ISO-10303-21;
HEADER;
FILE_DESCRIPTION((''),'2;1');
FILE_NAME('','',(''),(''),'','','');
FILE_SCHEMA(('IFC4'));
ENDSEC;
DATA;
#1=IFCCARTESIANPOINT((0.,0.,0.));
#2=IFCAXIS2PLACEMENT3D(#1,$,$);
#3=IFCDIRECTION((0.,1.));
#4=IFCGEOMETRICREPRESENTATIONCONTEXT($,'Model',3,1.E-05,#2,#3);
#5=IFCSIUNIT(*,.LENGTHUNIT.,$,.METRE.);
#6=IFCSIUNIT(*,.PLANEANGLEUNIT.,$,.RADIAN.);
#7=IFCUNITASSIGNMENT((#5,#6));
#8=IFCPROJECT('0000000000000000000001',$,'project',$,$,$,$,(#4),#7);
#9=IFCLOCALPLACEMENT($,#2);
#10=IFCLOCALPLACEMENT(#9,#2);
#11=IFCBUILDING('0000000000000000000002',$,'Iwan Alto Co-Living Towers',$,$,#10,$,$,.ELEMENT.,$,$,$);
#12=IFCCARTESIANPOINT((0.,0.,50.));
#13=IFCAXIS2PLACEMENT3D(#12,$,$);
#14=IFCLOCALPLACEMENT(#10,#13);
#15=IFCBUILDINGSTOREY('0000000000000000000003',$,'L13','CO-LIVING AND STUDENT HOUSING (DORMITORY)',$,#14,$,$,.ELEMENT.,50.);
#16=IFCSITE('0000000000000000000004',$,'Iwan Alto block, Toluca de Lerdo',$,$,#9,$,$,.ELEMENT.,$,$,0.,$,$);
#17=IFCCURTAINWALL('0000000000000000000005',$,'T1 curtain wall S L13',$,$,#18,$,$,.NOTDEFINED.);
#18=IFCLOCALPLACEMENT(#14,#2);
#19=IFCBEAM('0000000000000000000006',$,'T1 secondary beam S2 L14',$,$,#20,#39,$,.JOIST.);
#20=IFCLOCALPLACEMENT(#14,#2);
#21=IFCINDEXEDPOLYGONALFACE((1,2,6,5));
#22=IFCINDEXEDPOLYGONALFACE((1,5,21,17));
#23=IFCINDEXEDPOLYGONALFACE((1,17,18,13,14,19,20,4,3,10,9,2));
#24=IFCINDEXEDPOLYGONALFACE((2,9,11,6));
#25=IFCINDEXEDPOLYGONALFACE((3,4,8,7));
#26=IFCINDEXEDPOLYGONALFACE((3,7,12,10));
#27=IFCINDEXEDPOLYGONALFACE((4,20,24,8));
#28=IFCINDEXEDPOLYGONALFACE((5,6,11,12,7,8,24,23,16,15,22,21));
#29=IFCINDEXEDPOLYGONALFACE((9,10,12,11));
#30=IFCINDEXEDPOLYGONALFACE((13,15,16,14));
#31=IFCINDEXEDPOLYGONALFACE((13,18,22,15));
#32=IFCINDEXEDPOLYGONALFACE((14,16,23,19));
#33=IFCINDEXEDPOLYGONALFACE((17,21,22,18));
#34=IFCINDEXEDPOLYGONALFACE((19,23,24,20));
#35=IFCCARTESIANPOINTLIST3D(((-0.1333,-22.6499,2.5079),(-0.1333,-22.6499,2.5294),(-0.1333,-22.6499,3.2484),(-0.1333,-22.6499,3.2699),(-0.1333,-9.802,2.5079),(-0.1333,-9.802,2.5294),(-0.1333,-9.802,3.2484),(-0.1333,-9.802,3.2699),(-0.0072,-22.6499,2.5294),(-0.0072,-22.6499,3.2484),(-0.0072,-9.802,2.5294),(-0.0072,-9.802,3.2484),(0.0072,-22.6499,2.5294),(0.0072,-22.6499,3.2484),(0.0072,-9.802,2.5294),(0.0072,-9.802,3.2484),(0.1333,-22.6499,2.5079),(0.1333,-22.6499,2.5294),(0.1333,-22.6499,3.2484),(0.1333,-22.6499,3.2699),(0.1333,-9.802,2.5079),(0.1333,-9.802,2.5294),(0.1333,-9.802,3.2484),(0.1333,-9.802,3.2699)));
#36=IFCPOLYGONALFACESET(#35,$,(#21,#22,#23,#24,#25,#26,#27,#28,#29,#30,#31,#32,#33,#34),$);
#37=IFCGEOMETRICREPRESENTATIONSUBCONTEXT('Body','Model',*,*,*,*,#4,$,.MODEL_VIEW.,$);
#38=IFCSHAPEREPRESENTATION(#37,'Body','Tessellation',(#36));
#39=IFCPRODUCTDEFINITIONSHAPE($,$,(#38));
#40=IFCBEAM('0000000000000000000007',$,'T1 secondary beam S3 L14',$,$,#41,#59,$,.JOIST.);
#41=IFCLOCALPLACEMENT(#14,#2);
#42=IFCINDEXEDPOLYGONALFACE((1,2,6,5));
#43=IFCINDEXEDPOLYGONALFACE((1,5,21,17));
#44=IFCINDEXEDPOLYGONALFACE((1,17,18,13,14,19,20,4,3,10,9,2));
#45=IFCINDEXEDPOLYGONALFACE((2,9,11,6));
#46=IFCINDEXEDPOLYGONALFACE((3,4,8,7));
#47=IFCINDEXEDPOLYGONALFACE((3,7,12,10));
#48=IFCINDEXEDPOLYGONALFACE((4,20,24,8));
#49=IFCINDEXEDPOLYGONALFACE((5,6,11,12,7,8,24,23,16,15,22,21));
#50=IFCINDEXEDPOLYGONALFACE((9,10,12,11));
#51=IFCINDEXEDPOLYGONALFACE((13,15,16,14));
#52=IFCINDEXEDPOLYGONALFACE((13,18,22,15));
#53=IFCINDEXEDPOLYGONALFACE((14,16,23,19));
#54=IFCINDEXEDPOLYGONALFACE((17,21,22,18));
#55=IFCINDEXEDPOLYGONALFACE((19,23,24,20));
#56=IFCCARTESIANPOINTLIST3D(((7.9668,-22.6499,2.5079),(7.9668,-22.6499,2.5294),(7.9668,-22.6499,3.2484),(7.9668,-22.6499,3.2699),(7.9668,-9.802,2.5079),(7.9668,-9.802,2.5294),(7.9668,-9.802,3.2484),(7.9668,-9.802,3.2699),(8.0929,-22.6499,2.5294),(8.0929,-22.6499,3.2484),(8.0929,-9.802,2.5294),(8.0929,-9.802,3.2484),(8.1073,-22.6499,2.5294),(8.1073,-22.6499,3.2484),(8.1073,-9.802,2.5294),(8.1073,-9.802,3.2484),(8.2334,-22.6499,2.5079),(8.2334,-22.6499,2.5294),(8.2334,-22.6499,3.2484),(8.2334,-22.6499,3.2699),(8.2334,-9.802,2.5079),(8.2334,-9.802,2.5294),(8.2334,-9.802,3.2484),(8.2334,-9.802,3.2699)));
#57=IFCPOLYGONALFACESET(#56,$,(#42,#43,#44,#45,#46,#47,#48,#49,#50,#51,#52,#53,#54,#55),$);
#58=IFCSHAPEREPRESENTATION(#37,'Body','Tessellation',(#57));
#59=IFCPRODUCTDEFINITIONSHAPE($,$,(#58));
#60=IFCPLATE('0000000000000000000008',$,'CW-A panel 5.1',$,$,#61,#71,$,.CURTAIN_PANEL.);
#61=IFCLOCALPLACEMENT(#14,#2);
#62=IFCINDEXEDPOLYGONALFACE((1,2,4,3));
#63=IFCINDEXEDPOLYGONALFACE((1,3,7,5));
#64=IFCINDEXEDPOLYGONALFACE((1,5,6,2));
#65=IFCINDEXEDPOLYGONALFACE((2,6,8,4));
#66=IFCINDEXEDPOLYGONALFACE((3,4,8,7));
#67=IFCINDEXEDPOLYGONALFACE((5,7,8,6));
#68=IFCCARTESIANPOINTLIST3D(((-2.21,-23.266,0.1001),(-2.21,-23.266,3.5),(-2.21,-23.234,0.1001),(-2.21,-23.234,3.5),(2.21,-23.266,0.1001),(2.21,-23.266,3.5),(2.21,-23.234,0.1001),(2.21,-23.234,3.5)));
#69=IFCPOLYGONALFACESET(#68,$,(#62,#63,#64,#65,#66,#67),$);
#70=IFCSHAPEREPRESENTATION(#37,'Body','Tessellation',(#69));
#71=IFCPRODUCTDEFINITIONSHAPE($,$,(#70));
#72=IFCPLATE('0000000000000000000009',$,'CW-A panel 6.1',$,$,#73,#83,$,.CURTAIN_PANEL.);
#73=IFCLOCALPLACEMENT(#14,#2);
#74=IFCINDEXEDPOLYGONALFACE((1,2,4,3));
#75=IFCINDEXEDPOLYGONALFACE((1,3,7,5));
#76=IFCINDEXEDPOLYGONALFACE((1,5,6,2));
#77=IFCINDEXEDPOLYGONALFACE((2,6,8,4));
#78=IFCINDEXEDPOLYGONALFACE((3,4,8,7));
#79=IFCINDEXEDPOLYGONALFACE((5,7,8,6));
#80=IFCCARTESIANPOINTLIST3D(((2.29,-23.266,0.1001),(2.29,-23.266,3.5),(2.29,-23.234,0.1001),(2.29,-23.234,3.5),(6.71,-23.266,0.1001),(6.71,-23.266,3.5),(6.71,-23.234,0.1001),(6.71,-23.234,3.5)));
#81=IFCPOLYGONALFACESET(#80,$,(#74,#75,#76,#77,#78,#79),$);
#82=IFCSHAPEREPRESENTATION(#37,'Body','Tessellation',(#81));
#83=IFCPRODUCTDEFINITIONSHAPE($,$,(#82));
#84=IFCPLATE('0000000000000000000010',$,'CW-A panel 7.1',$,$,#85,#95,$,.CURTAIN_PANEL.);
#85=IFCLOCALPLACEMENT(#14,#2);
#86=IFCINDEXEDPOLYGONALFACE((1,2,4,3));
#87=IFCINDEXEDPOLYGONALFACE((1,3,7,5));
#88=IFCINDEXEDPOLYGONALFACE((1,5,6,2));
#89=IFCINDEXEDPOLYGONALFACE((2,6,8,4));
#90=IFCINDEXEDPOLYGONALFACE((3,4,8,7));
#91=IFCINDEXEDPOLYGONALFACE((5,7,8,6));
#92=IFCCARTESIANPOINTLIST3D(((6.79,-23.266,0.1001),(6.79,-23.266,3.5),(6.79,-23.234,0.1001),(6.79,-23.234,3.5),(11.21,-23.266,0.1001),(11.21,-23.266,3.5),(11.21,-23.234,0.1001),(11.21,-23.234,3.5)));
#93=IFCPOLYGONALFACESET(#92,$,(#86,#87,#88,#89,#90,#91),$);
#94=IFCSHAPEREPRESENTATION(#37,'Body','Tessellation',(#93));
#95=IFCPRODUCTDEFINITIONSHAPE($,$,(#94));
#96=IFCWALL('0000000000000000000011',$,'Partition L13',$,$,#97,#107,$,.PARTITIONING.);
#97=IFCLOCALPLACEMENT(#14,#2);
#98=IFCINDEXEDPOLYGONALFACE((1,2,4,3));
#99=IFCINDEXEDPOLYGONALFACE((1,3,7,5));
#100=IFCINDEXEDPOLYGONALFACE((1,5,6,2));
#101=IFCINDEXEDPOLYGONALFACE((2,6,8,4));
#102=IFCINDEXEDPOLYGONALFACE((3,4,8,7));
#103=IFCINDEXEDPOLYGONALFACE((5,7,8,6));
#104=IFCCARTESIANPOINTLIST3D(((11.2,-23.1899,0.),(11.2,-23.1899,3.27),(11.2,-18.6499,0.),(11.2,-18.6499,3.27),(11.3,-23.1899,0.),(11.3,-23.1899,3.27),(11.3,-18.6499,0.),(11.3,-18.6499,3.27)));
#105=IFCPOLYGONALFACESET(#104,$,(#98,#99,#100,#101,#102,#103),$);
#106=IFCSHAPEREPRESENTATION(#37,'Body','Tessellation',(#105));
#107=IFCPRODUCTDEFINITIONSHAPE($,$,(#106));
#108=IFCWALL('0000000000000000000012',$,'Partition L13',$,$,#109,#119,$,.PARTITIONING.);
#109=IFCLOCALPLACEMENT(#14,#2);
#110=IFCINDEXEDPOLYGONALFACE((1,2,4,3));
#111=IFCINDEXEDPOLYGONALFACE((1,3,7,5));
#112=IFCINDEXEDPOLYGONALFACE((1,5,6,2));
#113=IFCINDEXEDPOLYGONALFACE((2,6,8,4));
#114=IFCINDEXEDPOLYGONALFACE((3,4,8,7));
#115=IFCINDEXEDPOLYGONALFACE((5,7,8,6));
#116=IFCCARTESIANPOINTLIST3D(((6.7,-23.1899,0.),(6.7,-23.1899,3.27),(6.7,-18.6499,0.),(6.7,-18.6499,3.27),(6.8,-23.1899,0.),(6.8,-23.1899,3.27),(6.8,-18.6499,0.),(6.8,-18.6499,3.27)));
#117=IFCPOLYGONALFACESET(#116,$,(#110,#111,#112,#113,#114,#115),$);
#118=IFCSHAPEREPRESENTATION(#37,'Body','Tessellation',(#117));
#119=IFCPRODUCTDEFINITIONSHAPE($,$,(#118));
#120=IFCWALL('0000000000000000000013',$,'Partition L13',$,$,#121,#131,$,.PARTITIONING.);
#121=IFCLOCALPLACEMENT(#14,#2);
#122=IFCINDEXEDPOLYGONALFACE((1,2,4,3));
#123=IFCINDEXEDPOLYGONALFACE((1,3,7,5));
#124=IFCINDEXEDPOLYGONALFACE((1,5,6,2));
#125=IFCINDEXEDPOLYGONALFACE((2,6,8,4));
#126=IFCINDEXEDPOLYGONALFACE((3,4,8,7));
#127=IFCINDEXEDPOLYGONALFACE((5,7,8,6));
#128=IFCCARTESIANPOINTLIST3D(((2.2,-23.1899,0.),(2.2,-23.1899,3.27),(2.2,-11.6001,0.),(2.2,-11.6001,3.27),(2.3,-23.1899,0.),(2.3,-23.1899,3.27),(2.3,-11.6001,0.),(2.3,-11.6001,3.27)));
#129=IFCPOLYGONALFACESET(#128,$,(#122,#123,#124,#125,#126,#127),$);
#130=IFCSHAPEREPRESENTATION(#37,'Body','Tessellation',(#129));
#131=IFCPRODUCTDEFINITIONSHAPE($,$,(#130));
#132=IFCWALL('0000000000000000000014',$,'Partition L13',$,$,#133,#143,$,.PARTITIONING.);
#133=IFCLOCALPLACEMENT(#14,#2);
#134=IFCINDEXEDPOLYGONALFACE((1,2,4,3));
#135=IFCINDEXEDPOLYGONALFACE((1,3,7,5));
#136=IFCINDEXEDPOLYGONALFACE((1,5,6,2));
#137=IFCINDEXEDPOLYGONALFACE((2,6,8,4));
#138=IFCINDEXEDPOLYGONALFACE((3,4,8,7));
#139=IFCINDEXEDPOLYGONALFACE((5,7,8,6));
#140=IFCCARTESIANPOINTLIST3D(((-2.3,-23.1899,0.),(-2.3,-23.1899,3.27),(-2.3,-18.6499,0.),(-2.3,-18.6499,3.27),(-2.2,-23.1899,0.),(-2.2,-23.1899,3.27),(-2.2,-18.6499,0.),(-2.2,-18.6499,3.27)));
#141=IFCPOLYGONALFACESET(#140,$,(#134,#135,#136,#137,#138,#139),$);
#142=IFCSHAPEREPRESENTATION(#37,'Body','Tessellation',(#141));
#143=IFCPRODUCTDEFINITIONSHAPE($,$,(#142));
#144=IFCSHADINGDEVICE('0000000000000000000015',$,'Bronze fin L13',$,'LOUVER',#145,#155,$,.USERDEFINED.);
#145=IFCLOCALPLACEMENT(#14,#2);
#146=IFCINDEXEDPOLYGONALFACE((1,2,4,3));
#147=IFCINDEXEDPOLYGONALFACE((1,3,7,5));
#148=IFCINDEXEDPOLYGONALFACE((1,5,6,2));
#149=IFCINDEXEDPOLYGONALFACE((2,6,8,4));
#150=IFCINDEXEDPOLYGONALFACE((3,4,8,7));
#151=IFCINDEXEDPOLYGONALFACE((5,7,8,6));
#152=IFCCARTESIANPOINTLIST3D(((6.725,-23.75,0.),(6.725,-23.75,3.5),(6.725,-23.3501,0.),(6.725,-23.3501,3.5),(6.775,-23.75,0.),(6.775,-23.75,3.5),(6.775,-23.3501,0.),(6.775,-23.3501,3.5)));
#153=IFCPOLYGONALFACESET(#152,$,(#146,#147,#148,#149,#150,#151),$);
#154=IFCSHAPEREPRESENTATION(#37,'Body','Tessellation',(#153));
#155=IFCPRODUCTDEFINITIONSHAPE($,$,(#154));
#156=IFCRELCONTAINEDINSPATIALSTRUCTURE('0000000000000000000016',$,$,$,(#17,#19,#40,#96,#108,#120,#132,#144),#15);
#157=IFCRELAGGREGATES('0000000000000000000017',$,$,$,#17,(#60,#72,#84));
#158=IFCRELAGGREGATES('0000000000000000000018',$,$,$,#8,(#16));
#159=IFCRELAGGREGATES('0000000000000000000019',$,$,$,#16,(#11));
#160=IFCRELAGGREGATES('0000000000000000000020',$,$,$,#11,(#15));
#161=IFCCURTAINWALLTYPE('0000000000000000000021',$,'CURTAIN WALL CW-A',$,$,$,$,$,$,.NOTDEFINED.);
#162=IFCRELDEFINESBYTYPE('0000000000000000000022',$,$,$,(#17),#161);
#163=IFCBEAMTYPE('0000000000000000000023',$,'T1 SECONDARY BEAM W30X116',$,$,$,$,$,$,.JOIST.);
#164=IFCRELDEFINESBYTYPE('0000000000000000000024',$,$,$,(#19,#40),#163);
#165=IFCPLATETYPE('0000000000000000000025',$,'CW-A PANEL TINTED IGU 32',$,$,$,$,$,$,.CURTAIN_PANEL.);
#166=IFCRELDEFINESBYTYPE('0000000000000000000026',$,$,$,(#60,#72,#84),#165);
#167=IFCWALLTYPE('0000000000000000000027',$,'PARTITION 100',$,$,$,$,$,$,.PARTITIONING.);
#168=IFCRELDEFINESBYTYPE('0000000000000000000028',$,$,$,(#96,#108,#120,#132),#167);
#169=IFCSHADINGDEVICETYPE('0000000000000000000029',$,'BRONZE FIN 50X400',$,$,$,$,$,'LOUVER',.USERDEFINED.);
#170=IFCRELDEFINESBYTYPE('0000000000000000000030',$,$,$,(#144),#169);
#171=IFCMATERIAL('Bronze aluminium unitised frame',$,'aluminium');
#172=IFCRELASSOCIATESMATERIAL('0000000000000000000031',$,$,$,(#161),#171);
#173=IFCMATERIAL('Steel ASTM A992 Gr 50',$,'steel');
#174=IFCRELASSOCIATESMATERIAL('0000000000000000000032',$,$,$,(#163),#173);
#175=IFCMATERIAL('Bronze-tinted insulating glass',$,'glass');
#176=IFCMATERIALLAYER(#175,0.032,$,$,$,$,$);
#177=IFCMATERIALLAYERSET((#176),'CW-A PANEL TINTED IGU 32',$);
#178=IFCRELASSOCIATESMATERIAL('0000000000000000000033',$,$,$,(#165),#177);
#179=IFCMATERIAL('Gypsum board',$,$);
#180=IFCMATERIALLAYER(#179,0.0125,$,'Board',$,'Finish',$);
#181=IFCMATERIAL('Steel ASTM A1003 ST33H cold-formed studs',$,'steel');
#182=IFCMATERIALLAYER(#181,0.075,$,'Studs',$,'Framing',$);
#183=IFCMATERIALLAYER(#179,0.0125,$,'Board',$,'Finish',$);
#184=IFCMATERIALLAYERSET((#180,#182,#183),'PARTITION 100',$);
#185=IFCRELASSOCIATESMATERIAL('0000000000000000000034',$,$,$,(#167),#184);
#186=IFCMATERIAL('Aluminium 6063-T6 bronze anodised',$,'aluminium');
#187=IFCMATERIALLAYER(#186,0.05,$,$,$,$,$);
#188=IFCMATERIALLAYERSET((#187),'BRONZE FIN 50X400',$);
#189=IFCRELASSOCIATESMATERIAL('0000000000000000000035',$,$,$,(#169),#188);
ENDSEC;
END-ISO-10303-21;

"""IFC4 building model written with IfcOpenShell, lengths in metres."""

from ifc_helpers import new_model, si_unit, direction, frame, frame_2d, origin, origin_2d, place, context, subcontext, project, spatial, rectangle, i_section, extrude, material, layer, layer_set, material_profile, profile_set, type_object, element, aggregate, save


model = new_model("IFC4")

# Units and contexts
model_context = context("Model", 3, precision=1e-05, world=origin(), true_north=direction((0.0, 1.0)))
body_context = subcontext(model_context, "Body", "Model", "MODEL_VIEW")
ifc_project = project(units=[si_unit("LENGTHUNIT", "METRE"), si_unit("PLANEANGLEUNIT", "RADIAN")], contexts=[model_context])

# Site, building, storey
site_placement = place(None, origin())
site = spatial("IfcSite", under=ifc_project, at=site_placement, Name="Iwan Alto block, Toluca de Lerdo", CompositionType="ELEMENT", RefElevation=0.0)
building_placement = place(site_placement, origin())
building = spatial("IfcBuilding", under=site, at=building_placement, Name="Iwan Alto Co-Living Towers", CompositionType="ELEMENT")
storey_placement = place(building_placement, frame((0.0, 0.0, 50.0)))
storey = spatial("IfcBuildingStorey", under=building, at=storey_placement, Name="L13", Description="CO-LIVING AND STUDENT HOUSING (DORMITORY)", CompositionType="ELEMENT", Elevation=50.0)

# Curtain wall
ifc_material_1 = material(Name="Bronze aluminium unitised frame", Category="aluminium")
curtain_wall_type = type_object("IfcCurtainWallType", Name="CURTAIN WALL CW-A", PredefinedType="NOTDEFINED", material=ifc_material_1)
curtain_wall_placement = place(storey_placement, origin())
curtain_wall = element("IfcCurtainWall", 1, at=curtain_wall_placement, inside=storey, type_object=curtain_wall_type, Name="T1 curtain wall S L13", PredefinedType="NOTDEFINED")

# Beams
ifc_material_2 = material(Name="Steel ASTM A992 Gr 50", Category="steel")
ifc_material_profile_1 = material_profile(ifc_material_2, i_section(OverallWidth=0.2666, OverallDepth=0.762, WebThickness=0.0144, FlangeThickness=0.0215, at=origin_2d()), Name="W30X116")
ifc_profile_set_1 = profile_set([ifc_material_profile_1], Name="Steel ASTM A992 Gr 50")
beam_type_1 = type_object("IfcBeamType", Name="T1 SECONDARY BEAM W30X116", PredefinedType="JOIST", material=ifc_profile_set_1)
for number, where, z_axis, x_axis, name in (
    (2, (0.0, -22.6499, 2.8889), (0.0, 1.0, 0.0), (-1.0, 0.0, 0.0), "T1 secondary beam S2 L14"),
    (3, (8.1001, -22.6499, 2.8889), (0.0, 1.0, 0.0), (-1.0, 0.0, 0.0), "T1 secondary beam S3 L14"),
):
    element("IfcBeam", number, at=place(storey_placement, frame(where, z_axis=z_axis, x_axis=x_axis)), inside=storey, type_object=beam_type_1, Name=name, PredefinedType="JOIST", context=body_context, shape_type="SweptSolid", body=[
        extrude(i_section(OverallWidth=0.2666, OverallDepth=0.762, WebThickness=0.0144, FlangeThickness=0.0215, at=origin_2d()), origin(), (0.0, 0.0, 1.0), 12.8479),
    ])

# Plates
ifc_material_3 = material(Name="Bronze-tinted insulating glass", Category="glass")
ifc_layer_1 = layer(ifc_material_3, 0.032)
ifc_layer_set_1 = layer_set([ifc_layer_1], Name="CW-A PANEL TINTED IGU 32")
plate_type = type_object("IfcPlateType", Name="CW-A PANEL TINTED IGU 32", PredefinedType="CURTAIN_PANEL", material=ifc_layer_set_1)
plate_1_placement = place(storey_placement, frame((0.0, -23.25, 0.1001), z_axis=(0.0, 0.0, 1.0), x_axis=(1.0, 0.0, 0.0)))
plate_1 = element("IfcPlate", 4, at=plate_1_placement, type_object=plate_type, Name="CW-A panel 5.1", PredefinedType="CURTAIN_PANEL", context=body_context, shape_type="SweptSolid", body=[
    extrude(rectangle(XDim=4.4199, YDim=0.032, at=origin_2d()), origin(), (0.0, 0.0, 1.0), 3.3999),
])
plate_2_placement = place(storey_placement, frame((4.5, -23.25, 0.1001), z_axis=(0.0, 0.0, 1.0), x_axis=(1.0, 0.0, 0.0)))
plate_2 = element("IfcPlate", 5, at=plate_2_placement, type_object=plate_type, Name="CW-A panel 6.1", PredefinedType="CURTAIN_PANEL", context=body_context, shape_type="SweptSolid", body=[
    extrude(rectangle(XDim=4.4199, YDim=0.032, at=origin_2d()), origin(), (0.0, 0.0, 1.0), 3.3999),
])
plate_3_placement = place(storey_placement, frame((9.0, -23.25, 0.1001), z_axis=(0.0, 0.0, 1.0), x_axis=(1.0, 0.0, 0.0)))
plate_3 = element("IfcPlate", 6, at=plate_3_placement, type_object=plate_type, Name="CW-A panel 7.1", PredefinedType="CURTAIN_PANEL", context=body_context, shape_type="SweptSolid", body=[
    extrude(rectangle(XDim=4.4199, YDim=0.032, at=origin_2d()), origin(), (0.0, 0.0, 1.0), 3.3999),
])
aggregate(curtain_wall, [plate_1, plate_2, plate_3])

# Walls
ifc_material_4 = material(Name="Gypsum board")
ifc_layer_2 = layer(ifc_material_4, 0.0125, Name="Board", Category="Finish")
ifc_material_5 = material(Name="Steel ASTM A1003 ST33H cold-formed studs", Category="steel")
ifc_layer_3 = layer(ifc_material_5, 0.075, Name="Studs", Category="Framing")
ifc_layer_4 = layer(ifc_material_4, 0.0125, Name="Board", Category="Finish")
ifc_layer_set_2 = layer_set([ifc_layer_2, ifc_layer_3, ifc_layer_4], Name="PARTITION 100")
wall_type = type_object("IfcWallType", Name="PARTITION 100", PredefinedType="PARTITIONING", material=ifc_layer_set_2)
for number, where, z_axis, x_axis, name in (
    (7, (11.25, -23.1899, 0.0), (0.0, 0.0, 1.0), (0.0, 1.0, 0.0), "Partition L13"),
    (8, (6.75, -23.1899, 0.0), (0.0, 0.0, 1.0), (0.0, 1.0, 0.0), "Partition L13"),
):
    element("IfcWall", number, at=place(storey_placement, frame(where, z_axis=z_axis, x_axis=x_axis)), inside=storey, type_object=wall_type, Name=name, PredefinedType="PARTITIONING", context=body_context, shape_type="SweptSolid", body=[
        extrude(rectangle(XDim=4.54, YDim=0.1001, at=frame_2d((2.27, 0.0))), origin(), (0.0, 0.0, 1.0), 3.27),
    ])
wall_1_placement = place(storey_placement, frame((2.25, -23.1899, 0.0), z_axis=(0.0, 0.0, 1.0), x_axis=(0.0, 1.0, 0.0)))
element("IfcWall", 9, at=wall_1_placement, inside=storey, type_object=wall_type, Name="Partition L13", PredefinedType="PARTITIONING", context=body_context, shape_type="SweptSolid", body=[
    extrude(rectangle(XDim=11.5898, YDim=0.1001, at=frame_2d((5.7949, 0.0))), origin(), (0.0, 0.0, 1.0), 3.27),
])
wall_2_placement = place(storey_placement, frame((-2.25, -23.1899, 0.0), z_axis=(0.0, 0.0, 1.0), x_axis=(0.0, 1.0, 0.0)))
element("IfcWall", 10, at=wall_2_placement, inside=storey, type_object=wall_type, Name="Partition L13", PredefinedType="PARTITIONING", context=body_context, shape_type="SweptSolid", body=[
    extrude(rectangle(XDim=4.54, YDim=0.1001, at=frame_2d((2.27, 0.0))), origin(), (0.0, 0.0, 1.0), 3.27),
])

# Shading device
ifc_material_6 = material(Name="Aluminium 6063-T6 bronze anodised", Category="aluminium")
ifc_layer_5 = layer(ifc_material_6, 0.05)
ifc_layer_set_3 = layer_set([ifc_layer_5], Name="BRONZE FIN 50X400")
shading_device_type = type_object("IfcShadingDeviceType", Name="BRONZE FIN 50X400", ElementType="LOUVER", PredefinedType="USERDEFINED", material=ifc_layer_set_3)
shading_device_placement = place(storey_placement, frame((6.75, -23.55, 0.0), z_axis=(0.0, 0.0, 1.0), x_axis=(1.0, 0.0, 0.0)))
element("IfcShadingDevice", 11, at=shading_device_placement, inside=storey, type_object=shading_device_type, Name="Bronze fin L13", ObjectType="LOUVER", PredefinedType="USERDEFINED", context=body_context, shape_type="SweptSolid", body=[
    extrude(rectangle(XDim=0.05, YDim=0.3999, at=origin_2d()), origin(), (0.0, 0.0, 1.0), 3.5),
])

save(model, "model.ifc")
